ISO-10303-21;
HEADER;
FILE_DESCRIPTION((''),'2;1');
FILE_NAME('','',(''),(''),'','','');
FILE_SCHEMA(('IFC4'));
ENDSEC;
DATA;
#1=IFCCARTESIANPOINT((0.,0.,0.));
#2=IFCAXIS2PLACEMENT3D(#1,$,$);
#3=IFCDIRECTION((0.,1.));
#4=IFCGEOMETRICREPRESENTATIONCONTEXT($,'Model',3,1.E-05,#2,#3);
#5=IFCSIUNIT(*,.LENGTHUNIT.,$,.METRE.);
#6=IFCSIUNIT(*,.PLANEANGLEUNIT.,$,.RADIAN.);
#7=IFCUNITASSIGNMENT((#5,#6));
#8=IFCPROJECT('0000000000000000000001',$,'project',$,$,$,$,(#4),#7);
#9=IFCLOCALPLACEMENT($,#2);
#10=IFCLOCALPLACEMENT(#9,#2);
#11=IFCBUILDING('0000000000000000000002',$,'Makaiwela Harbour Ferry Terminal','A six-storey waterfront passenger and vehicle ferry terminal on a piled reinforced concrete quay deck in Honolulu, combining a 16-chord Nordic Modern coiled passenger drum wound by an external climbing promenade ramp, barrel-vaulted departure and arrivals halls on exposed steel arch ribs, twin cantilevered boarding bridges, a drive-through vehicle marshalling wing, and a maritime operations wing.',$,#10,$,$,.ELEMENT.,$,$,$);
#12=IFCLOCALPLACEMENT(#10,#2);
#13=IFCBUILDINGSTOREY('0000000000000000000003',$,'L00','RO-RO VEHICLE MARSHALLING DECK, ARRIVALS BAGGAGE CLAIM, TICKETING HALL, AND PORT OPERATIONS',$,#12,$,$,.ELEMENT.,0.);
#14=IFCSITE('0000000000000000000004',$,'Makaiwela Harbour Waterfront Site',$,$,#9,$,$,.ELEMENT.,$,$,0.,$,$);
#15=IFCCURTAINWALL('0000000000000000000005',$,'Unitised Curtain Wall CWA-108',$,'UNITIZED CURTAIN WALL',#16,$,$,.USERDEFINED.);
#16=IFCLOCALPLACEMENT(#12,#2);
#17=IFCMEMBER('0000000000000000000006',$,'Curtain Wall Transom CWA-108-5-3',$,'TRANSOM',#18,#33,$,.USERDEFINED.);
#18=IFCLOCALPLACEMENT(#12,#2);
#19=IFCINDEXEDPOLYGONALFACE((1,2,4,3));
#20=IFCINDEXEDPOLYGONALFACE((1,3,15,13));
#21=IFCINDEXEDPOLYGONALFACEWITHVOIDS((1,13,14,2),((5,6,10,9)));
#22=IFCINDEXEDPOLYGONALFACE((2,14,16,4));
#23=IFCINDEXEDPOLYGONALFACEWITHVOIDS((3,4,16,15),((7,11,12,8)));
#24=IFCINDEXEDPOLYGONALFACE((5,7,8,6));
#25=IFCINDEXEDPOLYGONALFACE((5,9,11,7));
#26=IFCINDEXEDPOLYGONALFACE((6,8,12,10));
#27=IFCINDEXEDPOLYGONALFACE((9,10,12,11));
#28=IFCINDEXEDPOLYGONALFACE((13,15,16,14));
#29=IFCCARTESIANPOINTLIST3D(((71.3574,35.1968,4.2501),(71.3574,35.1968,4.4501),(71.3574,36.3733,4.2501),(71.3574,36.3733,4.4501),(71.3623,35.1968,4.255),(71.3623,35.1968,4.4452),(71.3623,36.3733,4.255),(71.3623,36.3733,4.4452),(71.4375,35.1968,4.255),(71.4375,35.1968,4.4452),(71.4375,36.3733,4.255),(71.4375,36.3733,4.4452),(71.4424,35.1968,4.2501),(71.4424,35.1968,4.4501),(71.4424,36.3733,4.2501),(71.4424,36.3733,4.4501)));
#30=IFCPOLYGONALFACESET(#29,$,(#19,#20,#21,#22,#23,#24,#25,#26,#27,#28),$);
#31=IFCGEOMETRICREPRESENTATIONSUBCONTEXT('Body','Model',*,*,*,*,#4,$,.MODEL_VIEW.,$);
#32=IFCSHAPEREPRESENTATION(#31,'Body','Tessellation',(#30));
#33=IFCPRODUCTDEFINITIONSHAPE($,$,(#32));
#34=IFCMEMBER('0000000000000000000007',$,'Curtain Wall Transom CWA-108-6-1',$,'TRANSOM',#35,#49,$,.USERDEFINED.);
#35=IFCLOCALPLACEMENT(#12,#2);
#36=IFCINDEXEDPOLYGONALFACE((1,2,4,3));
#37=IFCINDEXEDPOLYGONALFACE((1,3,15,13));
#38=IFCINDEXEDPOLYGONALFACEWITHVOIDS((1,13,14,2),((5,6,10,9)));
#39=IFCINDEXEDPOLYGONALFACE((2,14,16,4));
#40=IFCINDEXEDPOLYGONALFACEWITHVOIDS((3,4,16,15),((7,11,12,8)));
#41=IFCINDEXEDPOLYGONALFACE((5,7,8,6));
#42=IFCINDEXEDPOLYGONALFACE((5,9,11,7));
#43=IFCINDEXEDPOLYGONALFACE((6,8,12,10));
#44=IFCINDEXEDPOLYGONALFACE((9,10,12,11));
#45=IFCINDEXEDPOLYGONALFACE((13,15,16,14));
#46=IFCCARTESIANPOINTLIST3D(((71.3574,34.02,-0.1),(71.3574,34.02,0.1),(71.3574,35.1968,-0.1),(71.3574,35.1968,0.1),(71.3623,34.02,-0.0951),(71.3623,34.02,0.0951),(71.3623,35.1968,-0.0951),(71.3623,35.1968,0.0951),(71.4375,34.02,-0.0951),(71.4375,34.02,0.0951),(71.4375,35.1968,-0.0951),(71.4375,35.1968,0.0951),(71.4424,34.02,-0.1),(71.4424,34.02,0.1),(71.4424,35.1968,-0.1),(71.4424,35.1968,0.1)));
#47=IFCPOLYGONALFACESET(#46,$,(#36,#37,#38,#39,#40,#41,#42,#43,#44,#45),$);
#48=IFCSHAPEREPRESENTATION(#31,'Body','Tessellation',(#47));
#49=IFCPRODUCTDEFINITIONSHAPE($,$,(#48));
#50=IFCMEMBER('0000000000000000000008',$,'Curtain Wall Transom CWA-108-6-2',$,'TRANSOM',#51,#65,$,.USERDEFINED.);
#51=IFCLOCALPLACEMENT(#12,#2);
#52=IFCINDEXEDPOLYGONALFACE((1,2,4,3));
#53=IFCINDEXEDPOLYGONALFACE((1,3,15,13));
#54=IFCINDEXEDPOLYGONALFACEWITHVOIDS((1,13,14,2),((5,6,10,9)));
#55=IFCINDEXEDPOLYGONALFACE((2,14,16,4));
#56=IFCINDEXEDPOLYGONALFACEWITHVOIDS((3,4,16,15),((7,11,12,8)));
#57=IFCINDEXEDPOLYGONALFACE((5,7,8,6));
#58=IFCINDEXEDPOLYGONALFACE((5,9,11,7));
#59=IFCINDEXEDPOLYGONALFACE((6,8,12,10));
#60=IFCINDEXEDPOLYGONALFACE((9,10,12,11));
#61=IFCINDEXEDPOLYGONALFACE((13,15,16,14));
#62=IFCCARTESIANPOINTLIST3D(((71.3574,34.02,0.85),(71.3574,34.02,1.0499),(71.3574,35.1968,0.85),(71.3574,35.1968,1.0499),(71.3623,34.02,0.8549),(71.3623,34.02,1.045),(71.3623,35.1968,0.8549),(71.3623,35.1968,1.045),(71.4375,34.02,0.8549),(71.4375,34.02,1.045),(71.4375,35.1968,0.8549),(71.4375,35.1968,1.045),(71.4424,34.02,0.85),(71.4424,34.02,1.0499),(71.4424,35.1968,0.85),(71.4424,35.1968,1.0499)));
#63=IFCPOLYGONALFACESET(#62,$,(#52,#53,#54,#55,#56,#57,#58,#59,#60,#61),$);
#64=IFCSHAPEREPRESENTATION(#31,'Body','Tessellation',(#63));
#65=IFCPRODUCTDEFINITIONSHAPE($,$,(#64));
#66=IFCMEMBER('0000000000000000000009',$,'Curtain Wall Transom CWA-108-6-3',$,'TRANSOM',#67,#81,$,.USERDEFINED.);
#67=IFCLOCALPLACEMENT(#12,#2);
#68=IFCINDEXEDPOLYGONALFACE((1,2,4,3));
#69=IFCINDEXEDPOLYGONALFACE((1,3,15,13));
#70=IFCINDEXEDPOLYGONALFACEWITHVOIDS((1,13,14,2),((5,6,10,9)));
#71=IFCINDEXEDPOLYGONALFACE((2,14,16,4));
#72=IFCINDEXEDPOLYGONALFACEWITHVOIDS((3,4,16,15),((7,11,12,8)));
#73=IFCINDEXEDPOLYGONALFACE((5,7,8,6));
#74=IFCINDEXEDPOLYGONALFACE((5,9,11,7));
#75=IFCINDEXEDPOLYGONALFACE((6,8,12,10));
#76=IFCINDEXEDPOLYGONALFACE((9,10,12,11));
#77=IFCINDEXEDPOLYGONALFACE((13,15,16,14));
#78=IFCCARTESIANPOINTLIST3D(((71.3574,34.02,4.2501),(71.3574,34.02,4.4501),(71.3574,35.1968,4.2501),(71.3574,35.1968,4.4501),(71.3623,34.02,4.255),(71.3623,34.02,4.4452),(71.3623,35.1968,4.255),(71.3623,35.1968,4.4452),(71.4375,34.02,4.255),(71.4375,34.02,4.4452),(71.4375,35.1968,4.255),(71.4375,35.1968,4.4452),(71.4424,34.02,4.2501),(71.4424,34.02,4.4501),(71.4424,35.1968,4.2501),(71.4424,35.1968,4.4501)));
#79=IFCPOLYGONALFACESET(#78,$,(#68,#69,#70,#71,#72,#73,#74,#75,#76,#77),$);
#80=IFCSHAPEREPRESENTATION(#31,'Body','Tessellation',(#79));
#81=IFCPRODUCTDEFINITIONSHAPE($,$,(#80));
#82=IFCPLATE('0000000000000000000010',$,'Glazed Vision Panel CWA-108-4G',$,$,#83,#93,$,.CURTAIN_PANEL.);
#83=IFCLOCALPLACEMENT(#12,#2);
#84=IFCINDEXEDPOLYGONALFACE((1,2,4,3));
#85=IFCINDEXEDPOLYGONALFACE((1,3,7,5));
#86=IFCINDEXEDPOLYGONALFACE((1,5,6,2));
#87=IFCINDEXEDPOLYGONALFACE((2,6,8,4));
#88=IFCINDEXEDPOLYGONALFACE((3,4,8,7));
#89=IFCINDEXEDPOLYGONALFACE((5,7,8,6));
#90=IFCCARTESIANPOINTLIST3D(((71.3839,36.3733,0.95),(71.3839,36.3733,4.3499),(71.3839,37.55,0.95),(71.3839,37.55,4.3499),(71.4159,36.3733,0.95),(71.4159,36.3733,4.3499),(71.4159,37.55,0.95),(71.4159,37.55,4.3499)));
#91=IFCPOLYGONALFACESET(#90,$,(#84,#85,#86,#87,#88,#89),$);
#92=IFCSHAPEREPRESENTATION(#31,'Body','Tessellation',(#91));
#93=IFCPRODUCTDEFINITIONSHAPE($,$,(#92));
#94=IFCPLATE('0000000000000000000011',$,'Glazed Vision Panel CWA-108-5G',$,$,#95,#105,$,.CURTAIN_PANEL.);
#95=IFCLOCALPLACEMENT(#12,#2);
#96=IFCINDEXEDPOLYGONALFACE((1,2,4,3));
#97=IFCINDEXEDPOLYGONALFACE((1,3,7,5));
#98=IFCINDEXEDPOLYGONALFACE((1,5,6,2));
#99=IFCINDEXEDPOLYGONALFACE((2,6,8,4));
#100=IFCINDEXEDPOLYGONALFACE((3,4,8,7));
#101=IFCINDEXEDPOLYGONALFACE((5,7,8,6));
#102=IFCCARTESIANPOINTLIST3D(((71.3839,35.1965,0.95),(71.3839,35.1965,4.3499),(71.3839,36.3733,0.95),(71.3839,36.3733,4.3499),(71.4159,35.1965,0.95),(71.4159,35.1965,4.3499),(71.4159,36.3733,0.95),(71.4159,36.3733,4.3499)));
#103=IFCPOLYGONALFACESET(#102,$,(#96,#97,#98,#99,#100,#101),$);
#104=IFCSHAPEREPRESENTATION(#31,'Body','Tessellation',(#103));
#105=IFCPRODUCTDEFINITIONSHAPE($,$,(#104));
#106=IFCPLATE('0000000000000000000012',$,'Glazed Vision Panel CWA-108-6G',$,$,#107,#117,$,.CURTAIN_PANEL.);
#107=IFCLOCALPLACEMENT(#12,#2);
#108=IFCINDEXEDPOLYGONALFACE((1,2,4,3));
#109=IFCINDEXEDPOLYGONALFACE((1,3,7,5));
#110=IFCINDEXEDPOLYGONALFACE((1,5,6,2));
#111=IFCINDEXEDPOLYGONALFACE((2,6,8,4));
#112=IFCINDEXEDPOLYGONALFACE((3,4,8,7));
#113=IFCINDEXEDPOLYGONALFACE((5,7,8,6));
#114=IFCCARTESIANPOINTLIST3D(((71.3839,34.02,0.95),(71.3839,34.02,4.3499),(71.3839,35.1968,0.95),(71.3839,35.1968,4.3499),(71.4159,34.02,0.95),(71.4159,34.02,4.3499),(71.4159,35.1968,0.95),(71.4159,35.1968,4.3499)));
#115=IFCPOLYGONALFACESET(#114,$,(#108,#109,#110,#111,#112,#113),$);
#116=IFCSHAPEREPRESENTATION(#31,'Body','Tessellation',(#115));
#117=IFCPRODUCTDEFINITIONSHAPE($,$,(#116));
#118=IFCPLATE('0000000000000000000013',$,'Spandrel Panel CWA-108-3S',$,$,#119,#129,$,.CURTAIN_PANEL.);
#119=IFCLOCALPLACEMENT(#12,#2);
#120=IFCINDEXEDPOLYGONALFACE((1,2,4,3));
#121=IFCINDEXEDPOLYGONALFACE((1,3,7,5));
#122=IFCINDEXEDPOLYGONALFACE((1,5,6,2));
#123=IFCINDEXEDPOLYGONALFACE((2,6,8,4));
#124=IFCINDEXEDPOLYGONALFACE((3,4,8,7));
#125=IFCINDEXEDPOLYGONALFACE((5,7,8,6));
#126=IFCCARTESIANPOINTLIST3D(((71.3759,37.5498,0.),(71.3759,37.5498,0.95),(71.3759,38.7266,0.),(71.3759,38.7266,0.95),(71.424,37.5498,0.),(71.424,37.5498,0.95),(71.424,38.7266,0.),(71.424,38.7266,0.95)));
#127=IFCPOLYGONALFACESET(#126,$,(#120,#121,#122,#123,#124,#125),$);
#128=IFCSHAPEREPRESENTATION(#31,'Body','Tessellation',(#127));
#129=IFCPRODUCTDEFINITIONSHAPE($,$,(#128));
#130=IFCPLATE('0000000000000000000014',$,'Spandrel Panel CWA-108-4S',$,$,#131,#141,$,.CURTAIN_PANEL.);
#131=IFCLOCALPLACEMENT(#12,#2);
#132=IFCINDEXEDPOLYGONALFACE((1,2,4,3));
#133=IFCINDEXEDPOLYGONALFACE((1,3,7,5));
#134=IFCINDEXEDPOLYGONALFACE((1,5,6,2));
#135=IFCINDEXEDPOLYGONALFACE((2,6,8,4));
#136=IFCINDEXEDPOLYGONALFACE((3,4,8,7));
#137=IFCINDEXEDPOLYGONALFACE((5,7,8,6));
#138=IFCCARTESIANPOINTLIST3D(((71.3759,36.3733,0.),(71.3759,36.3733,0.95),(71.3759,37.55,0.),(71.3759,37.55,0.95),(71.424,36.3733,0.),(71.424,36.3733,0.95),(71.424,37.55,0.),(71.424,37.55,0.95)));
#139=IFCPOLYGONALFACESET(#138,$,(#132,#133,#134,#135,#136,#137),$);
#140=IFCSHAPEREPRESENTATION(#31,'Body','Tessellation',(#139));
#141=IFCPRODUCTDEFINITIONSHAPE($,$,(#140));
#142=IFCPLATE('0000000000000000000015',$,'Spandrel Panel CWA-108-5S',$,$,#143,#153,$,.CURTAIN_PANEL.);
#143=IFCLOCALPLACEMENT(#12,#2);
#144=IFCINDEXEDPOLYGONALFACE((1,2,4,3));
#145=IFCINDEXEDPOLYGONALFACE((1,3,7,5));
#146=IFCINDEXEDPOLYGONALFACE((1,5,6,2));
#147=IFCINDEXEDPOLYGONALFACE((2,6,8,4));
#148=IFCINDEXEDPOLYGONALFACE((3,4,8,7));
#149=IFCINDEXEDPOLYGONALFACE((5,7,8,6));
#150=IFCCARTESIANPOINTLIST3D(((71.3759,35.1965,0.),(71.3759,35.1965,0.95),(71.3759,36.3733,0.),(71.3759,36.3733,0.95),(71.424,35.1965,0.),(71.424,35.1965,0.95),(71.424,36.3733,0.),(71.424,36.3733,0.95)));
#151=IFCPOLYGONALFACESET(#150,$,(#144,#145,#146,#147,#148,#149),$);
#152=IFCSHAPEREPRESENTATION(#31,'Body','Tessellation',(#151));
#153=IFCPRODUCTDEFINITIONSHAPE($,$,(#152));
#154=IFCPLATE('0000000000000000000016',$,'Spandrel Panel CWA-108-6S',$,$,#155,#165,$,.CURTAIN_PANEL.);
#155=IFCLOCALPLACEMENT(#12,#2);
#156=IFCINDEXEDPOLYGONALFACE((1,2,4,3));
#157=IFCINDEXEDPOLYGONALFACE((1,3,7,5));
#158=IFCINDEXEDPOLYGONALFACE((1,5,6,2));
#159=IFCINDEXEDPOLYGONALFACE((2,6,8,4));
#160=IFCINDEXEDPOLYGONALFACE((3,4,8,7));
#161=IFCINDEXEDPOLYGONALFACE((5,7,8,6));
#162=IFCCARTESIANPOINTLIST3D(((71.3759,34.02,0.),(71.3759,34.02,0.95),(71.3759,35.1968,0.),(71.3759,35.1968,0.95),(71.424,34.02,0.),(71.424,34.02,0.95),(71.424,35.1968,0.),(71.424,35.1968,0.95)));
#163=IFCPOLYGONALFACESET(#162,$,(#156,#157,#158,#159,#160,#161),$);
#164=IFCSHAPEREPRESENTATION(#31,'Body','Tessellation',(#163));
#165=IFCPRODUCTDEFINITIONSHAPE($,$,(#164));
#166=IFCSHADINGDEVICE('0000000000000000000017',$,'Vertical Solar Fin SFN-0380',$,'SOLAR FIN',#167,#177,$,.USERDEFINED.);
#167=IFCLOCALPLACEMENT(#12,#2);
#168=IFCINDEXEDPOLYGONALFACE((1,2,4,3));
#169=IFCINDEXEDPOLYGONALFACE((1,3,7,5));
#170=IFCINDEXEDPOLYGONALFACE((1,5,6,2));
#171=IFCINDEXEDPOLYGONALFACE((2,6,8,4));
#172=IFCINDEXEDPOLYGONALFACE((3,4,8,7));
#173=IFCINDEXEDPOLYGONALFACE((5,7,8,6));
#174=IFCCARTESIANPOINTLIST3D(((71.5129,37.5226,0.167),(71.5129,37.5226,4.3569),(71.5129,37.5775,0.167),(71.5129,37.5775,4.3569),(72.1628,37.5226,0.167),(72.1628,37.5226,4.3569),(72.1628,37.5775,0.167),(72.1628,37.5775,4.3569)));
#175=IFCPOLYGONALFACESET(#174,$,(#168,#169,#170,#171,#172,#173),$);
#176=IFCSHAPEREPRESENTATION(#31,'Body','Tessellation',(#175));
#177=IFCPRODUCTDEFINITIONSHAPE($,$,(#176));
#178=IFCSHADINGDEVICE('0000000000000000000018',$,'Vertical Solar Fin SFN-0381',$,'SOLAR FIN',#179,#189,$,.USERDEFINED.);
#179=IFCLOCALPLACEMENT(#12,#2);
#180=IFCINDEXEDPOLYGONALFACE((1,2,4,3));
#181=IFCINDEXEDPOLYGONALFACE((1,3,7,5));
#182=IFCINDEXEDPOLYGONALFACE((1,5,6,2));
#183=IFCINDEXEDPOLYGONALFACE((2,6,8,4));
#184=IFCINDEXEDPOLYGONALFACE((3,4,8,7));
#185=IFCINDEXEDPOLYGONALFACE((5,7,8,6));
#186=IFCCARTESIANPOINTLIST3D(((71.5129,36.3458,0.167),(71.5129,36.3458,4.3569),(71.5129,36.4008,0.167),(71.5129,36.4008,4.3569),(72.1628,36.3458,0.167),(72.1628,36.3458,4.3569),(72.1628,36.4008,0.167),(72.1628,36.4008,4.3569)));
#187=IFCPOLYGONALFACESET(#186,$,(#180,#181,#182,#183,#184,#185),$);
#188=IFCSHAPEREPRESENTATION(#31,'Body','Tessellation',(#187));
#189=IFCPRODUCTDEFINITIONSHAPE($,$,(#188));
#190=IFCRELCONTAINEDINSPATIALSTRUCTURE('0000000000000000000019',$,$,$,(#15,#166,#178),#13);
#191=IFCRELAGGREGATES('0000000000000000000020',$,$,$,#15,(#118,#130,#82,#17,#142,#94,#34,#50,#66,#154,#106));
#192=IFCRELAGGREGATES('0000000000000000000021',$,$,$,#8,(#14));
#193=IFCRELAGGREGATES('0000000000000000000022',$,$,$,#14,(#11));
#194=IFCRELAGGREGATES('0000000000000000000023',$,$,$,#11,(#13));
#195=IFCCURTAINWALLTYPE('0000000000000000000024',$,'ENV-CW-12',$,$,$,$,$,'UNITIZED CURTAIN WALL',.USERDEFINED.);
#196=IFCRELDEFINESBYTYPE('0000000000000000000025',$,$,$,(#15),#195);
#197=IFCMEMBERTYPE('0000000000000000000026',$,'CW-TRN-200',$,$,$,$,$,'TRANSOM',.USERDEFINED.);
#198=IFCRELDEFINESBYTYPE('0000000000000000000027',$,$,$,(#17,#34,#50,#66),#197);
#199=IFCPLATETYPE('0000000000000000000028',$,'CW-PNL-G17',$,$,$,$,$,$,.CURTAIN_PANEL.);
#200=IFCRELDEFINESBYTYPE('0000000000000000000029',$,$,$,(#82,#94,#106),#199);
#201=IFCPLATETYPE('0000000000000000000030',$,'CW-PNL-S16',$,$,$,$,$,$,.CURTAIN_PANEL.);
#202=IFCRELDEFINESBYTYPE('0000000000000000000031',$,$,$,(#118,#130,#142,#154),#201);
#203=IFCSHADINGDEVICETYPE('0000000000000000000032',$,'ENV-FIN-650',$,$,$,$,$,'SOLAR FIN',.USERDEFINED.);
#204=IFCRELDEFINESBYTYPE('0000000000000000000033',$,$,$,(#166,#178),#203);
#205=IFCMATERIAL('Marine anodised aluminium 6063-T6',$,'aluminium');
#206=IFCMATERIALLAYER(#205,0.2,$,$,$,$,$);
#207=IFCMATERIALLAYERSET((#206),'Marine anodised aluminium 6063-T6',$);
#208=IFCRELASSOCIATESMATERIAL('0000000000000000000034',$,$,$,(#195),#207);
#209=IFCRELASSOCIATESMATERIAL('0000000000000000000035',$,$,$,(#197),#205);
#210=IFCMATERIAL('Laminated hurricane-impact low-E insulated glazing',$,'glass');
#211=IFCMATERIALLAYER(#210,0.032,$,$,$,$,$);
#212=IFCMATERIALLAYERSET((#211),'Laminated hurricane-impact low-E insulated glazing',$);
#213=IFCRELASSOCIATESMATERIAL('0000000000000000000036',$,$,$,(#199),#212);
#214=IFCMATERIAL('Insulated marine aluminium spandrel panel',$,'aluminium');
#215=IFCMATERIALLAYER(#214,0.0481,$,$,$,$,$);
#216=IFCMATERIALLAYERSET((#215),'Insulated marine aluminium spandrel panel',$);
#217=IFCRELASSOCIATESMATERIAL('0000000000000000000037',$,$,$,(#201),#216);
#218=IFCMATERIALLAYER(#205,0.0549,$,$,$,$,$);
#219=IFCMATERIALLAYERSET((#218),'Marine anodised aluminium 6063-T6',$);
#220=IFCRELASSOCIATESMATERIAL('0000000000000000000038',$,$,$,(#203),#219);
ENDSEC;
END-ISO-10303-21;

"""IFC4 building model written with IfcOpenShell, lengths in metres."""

from ifc_helpers import new_model, si_unit, direction, frame, origin, origin_2d, place, context, subcontext, project, spatial, rectangle, hollow_rectangle, extrude, material, layer, layer_set, material_profile, profile_set, type_object, element, aggregate, save


model = new_model("IFC4")

# Units and contexts
model_context = context("Model", 3, precision=1e-05, world=origin(), true_north=direction((0.0, 1.0)))
body_context = subcontext(model_context, "Body", "Model", "MODEL_VIEW")
ifc_project = project(units=[si_unit("LENGTHUNIT", "METRE"), si_unit("PLANEANGLEUNIT", "RADIAN")], contexts=[model_context])

# Site, building, storey
site_placement = place(None, origin())
site = spatial("IfcSite", under=ifc_project, at=site_placement, Name="Makaiwela Harbour Waterfront Site", CompositionType="ELEMENT", RefElevation=0.0)
building_placement = place(site_placement, origin())
building = spatial("IfcBuilding", under=site, at=building_placement, Name="Makaiwela Harbour Ferry Terminal", Description="A six-storey waterfront passenger and vehicle ferry terminal on a piled reinforced concrete quay deck in Honolulu, combining a 16-chord Nordic Modern coiled passenger drum wound by an external climbing promenade ramp, barrel-vaulted departure and arrivals halls on exposed steel arch ribs, twin cantilevered boarding bridges, a drive-through vehicle marshalling wing, and a maritime operations wing.", CompositionType="ELEMENT")
storey_placement = place(building_placement, origin())
storey = spatial("IfcBuildingStorey", under=building, at=storey_placement, Name="L00", Description="RO-RO VEHICLE MARSHALLING DECK, ARRIVALS BAGGAGE CLAIM, TICKETING HALL, AND PORT OPERATIONS", CompositionType="ELEMENT", Elevation=0.0)

# Curtain wall, members, plates
ifc_material_1 = material(Name="Marine anodised aluminium 6063-T6", Category="aluminium")
ifc_layer_1 = layer(ifc_material_1, 0.2)
ifc_layer_set_1 = layer_set([ifc_layer_1], Name="Marine anodised aluminium 6063-T6")
curtain_wall_type = type_object("IfcCurtainWallType", Name="ENV-CW-12", ElementType="UNITIZED CURTAIN WALL", PredefinedType="USERDEFINED", material=ifc_layer_set_1)
curtain_wall_placement = place(storey_placement, origin())
curtain_wall = element("IfcCurtainWall", 1, at=curtain_wall_placement, inside=storey, type_object=curtain_wall_type, Name="Unitised Curtain Wall CWA-108", ObjectType="UNITIZED CURTAIN WALL", PredefinedType="USERDEFINED")
ifc_material_profile_1 = material_profile(ifc_material_1, hollow_rectangle(XDim=0.085, YDim=0.2, WallThickness=0.0049, at=origin_2d()), Name="CWT-200X85")
ifc_profile_set_1 = profile_set([ifc_material_profile_1], Name="Marine anodised aluminium 6063-T6")
member_type_1 = type_object("IfcMemberType", Name="CW-TRN-200", ElementType="TRANSOM", PredefinedType="USERDEFINED", material=ifc_profile_set_1)
member_1_placement = place(storey_placement, frame((71.3999, 36.3733, 4.3501), z_axis=(0.0, -1.0, 0.0), x_axis=(1.0, 0.0, 0.0)))
member_1 = element("IfcMember", 2, at=member_1_placement, type_object=member_type_1, Name="Curtain Wall Transom CWA-108-5-3", ObjectType="TRANSOM", PredefinedType="USERDEFINED", context=body_context, shape_type="SweptSolid", body=[
    extrude(hollow_rectangle(XDim=0.085, YDim=0.2, WallThickness=0.0049, at=origin_2d()), origin(), (0.0, 0.0, 1.0), 1.1765),
])
member_2_placement = place(storey_placement, frame((71.3999, 35.1968, 0.0), z_axis=(0.0, -1.0, 0.0), x_axis=(1.0, 0.0, 0.0)))
member_2 = element("IfcMember", 3, at=member_2_placement, type_object=member_type_1, Name="Curtain Wall Transom CWA-108-6-1", ObjectType="TRANSOM", PredefinedType="USERDEFINED", context=body_context, shape_type="SweptSolid", body=[
    extrude(hollow_rectangle(XDim=0.085, YDim=0.2, WallThickness=0.0049, at=origin_2d()), origin(), (0.0, 0.0, 1.0), 1.1768),
])
member_3_placement = place(storey_placement, frame((71.3999, 35.1968, 0.95), z_axis=(0.0, -1.0, 0.0), x_axis=(1.0, 0.0, 0.0)))
member_3 = element("IfcMember", 4, at=member_3_placement, type_object=member_type_1, Name="Curtain Wall Transom CWA-108-6-2", ObjectType="TRANSOM", PredefinedType="USERDEFINED", context=body_context, shape_type="SweptSolid", body=[
    extrude(hollow_rectangle(XDim=0.085, YDim=0.2, WallThickness=0.0049, at=origin_2d()), origin(), (0.0, 0.0, 1.0), 1.1768),
])
member_4_placement = place(storey_placement, frame((71.3999, 35.1968, 4.3501), z_axis=(0.0, -1.0, 0.0), x_axis=(1.0, 0.0, 0.0)))
member_4 = element("IfcMember", 5, at=member_4_placement, type_object=member_type_1, Name="Curtain Wall Transom CWA-108-6-3", ObjectType="TRANSOM", PredefinedType="USERDEFINED", context=body_context, shape_type="SweptSolid", body=[
    extrude(hollow_rectangle(XDim=0.085, YDim=0.2, WallThickness=0.0049, at=origin_2d()), origin(), (0.0, 0.0, 1.0), 1.1768),
])
ifc_material_2 = material(Name="Laminated hurricane-impact low-E insulated glazing", Category="glass")
ifc_layer_2 = layer(ifc_material_2, 0.032)
ifc_layer_set_2 = layer_set([ifc_layer_2], Name="Laminated hurricane-impact low-E insulated glazing")
plate_type_1 = type_object("IfcPlateType", Name="CW-PNL-G17", PredefinedType="CURTAIN_PANEL", material=ifc_layer_set_2)
plate_1_placement = place(storey_placement, frame((71.3999, 36.9617, 0.95), z_axis=(0.0, 0.0, 1.0), x_axis=(0.0, -1.0, 0.0)))
plate_1 = element("IfcPlate", 6, at=plate_1_placement, type_object=plate_type_1, Name="Glazed Vision Panel CWA-108-4G", PredefinedType="CURTAIN_PANEL", context=body_context, shape_type="SweptSolid", body=[
    extrude(rectangle(XDim=1.1768, YDim=0.032, at=origin_2d()), origin(), (0.0, 0.0, 1.0), 3.3999),
])
plate_2_placement = place(storey_placement, frame((71.3999, 35.7849, 0.95), z_axis=(0.0, 0.0, 1.0), x_axis=(0.0, -1.0, 0.0)))
plate_2 = element("IfcPlate", 7, at=plate_2_placement, type_object=plate_type_1, Name="Glazed Vision Panel CWA-108-5G", PredefinedType="CURTAIN_PANEL", context=body_context, shape_type="SweptSolid", body=[
    extrude(rectangle(XDim=1.1768, YDim=0.032, at=origin_2d()), origin(), (0.0, 0.0, 1.0), 3.3999),
])
plate_3_placement = place(storey_placement, frame((71.3999, 34.6084, 0.95), z_axis=(0.0, 0.0, 1.0), x_axis=(0.0, -1.0, 0.0)))
plate_3 = element("IfcPlate", 8, at=plate_3_placement, type_object=plate_type_1, Name="Glazed Vision Panel CWA-108-6G", PredefinedType="CURTAIN_PANEL", context=body_context, shape_type="SweptSolid", body=[
    extrude(rectangle(XDim=1.1768, YDim=0.032, at=origin_2d()), origin(), (0.0, 0.0, 1.0), 3.3999),
])
ifc_material_3 = material(Name="Insulated marine aluminium spandrel panel", Category="aluminium")
ifc_layer_3 = layer(ifc_material_3, 0.0481)
ifc_layer_set_3 = layer_set([ifc_layer_3], Name="Insulated marine aluminium spandrel panel")
plate_type_2 = type_object("IfcPlateType", Name="CW-PNL-S16", PredefinedType="CURTAIN_PANEL", material=ifc_layer_set_3)
plate_4_placement = place(storey_placement, frame((71.3999, 38.1382, 0.0), z_axis=(0.0, 0.0, 1.0), x_axis=(0.0, -1.0, 0.0)))
plate_4 = element("IfcPlate", 9, at=plate_4_placement, type_object=plate_type_2, Name="Spandrel Panel CWA-108-3S", PredefinedType="CURTAIN_PANEL", context=body_context, shape_type="SweptSolid", body=[
    extrude(rectangle(XDim=1.1768, YDim=0.0481, at=origin_2d()), origin(), (0.0, 0.0, 1.0), 0.95),
])
plate_5_placement = place(storey_placement, frame((71.3999, 36.9617, 0.0), z_axis=(0.0, 0.0, 1.0), x_axis=(0.0, -1.0, 0.0)))
plate_5 = element("IfcPlate", 10, at=plate_5_placement, type_object=plate_type_2, Name="Spandrel Panel CWA-108-4S", PredefinedType="CURTAIN_PANEL", context=body_context, shape_type="SweptSolid", body=[
    extrude(rectangle(XDim=1.1768, YDim=0.0481, at=origin_2d()), origin(), (0.0, 0.0, 1.0), 0.95),
])
plate_6_placement = place(storey_placement, frame((71.3999, 35.7849, 0.0), z_axis=(0.0, 0.0, 1.0), x_axis=(0.0, -1.0, 0.0)))
plate_6 = element("IfcPlate", 11, at=plate_6_placement, type_object=plate_type_2, Name="Spandrel Panel CWA-108-5S", PredefinedType="CURTAIN_PANEL", context=body_context, shape_type="SweptSolid", body=[
    extrude(rectangle(XDim=1.1768, YDim=0.0481, at=origin_2d()), origin(), (0.0, 0.0, 1.0), 0.95),
])
plate_7_placement = place(storey_placement, frame((71.3999, 34.6084, 0.0), z_axis=(0.0, 0.0, 1.0), x_axis=(0.0, -1.0, 0.0)))
plate_7 = element("IfcPlate", 12, at=plate_7_placement, type_object=plate_type_2, Name="Spandrel Panel CWA-108-6S", PredefinedType="CURTAIN_PANEL", context=body_context, shape_type="SweptSolid", body=[
    extrude(rectangle(XDim=1.1768, YDim=0.0481, at=origin_2d()), origin(), (0.0, 0.0, 1.0), 0.95),
])
aggregate(curtain_wall, [plate_4, plate_5, plate_1, member_1, plate_6, plate_2, member_2, member_3, member_4, plate_7, plate_3])

# Shading devices
ifc_layer_4 = layer(ifc_material_1, 0.0549)
ifc_layer_set_4 = layer_set([ifc_layer_4], Name="Marine anodised aluminium 6063-T6")
shading_device_type = type_object("IfcShadingDeviceType", Name="ENV-FIN-650", ElementType="SOLAR FIN", PredefinedType="USERDEFINED", material=ifc_layer_set_4)
for number, where, z_axis, x_axis, name in (
    (13, (71.8379, 37.55, 0.167), (0.0, 0.0, 1.0), (1.0, 0.0, 0.0), "Vertical Solar Fin SFN-0380"),
    (14, (71.8379, 36.3733, 0.167), (0.0, 0.0, 1.0), (1.0, 0.0, 0.0), "Vertical Solar Fin SFN-0381"),
):
    element("IfcShadingDevice", number, at=place(storey_placement, frame(where, z_axis=z_axis, x_axis=x_axis)), inside=storey, type_object=shading_device_type, Name=name, ObjectType="SOLAR FIN", PredefinedType="USERDEFINED", context=body_context, shape_type="SweptSolid", body=[
        extrude(rectangle(XDim=0.6499, YDim=0.0549, at=origin_2d()), origin(), (0.0, 0.0, 1.0), 4.1899),
    ])

save(model, "model.ifc")
